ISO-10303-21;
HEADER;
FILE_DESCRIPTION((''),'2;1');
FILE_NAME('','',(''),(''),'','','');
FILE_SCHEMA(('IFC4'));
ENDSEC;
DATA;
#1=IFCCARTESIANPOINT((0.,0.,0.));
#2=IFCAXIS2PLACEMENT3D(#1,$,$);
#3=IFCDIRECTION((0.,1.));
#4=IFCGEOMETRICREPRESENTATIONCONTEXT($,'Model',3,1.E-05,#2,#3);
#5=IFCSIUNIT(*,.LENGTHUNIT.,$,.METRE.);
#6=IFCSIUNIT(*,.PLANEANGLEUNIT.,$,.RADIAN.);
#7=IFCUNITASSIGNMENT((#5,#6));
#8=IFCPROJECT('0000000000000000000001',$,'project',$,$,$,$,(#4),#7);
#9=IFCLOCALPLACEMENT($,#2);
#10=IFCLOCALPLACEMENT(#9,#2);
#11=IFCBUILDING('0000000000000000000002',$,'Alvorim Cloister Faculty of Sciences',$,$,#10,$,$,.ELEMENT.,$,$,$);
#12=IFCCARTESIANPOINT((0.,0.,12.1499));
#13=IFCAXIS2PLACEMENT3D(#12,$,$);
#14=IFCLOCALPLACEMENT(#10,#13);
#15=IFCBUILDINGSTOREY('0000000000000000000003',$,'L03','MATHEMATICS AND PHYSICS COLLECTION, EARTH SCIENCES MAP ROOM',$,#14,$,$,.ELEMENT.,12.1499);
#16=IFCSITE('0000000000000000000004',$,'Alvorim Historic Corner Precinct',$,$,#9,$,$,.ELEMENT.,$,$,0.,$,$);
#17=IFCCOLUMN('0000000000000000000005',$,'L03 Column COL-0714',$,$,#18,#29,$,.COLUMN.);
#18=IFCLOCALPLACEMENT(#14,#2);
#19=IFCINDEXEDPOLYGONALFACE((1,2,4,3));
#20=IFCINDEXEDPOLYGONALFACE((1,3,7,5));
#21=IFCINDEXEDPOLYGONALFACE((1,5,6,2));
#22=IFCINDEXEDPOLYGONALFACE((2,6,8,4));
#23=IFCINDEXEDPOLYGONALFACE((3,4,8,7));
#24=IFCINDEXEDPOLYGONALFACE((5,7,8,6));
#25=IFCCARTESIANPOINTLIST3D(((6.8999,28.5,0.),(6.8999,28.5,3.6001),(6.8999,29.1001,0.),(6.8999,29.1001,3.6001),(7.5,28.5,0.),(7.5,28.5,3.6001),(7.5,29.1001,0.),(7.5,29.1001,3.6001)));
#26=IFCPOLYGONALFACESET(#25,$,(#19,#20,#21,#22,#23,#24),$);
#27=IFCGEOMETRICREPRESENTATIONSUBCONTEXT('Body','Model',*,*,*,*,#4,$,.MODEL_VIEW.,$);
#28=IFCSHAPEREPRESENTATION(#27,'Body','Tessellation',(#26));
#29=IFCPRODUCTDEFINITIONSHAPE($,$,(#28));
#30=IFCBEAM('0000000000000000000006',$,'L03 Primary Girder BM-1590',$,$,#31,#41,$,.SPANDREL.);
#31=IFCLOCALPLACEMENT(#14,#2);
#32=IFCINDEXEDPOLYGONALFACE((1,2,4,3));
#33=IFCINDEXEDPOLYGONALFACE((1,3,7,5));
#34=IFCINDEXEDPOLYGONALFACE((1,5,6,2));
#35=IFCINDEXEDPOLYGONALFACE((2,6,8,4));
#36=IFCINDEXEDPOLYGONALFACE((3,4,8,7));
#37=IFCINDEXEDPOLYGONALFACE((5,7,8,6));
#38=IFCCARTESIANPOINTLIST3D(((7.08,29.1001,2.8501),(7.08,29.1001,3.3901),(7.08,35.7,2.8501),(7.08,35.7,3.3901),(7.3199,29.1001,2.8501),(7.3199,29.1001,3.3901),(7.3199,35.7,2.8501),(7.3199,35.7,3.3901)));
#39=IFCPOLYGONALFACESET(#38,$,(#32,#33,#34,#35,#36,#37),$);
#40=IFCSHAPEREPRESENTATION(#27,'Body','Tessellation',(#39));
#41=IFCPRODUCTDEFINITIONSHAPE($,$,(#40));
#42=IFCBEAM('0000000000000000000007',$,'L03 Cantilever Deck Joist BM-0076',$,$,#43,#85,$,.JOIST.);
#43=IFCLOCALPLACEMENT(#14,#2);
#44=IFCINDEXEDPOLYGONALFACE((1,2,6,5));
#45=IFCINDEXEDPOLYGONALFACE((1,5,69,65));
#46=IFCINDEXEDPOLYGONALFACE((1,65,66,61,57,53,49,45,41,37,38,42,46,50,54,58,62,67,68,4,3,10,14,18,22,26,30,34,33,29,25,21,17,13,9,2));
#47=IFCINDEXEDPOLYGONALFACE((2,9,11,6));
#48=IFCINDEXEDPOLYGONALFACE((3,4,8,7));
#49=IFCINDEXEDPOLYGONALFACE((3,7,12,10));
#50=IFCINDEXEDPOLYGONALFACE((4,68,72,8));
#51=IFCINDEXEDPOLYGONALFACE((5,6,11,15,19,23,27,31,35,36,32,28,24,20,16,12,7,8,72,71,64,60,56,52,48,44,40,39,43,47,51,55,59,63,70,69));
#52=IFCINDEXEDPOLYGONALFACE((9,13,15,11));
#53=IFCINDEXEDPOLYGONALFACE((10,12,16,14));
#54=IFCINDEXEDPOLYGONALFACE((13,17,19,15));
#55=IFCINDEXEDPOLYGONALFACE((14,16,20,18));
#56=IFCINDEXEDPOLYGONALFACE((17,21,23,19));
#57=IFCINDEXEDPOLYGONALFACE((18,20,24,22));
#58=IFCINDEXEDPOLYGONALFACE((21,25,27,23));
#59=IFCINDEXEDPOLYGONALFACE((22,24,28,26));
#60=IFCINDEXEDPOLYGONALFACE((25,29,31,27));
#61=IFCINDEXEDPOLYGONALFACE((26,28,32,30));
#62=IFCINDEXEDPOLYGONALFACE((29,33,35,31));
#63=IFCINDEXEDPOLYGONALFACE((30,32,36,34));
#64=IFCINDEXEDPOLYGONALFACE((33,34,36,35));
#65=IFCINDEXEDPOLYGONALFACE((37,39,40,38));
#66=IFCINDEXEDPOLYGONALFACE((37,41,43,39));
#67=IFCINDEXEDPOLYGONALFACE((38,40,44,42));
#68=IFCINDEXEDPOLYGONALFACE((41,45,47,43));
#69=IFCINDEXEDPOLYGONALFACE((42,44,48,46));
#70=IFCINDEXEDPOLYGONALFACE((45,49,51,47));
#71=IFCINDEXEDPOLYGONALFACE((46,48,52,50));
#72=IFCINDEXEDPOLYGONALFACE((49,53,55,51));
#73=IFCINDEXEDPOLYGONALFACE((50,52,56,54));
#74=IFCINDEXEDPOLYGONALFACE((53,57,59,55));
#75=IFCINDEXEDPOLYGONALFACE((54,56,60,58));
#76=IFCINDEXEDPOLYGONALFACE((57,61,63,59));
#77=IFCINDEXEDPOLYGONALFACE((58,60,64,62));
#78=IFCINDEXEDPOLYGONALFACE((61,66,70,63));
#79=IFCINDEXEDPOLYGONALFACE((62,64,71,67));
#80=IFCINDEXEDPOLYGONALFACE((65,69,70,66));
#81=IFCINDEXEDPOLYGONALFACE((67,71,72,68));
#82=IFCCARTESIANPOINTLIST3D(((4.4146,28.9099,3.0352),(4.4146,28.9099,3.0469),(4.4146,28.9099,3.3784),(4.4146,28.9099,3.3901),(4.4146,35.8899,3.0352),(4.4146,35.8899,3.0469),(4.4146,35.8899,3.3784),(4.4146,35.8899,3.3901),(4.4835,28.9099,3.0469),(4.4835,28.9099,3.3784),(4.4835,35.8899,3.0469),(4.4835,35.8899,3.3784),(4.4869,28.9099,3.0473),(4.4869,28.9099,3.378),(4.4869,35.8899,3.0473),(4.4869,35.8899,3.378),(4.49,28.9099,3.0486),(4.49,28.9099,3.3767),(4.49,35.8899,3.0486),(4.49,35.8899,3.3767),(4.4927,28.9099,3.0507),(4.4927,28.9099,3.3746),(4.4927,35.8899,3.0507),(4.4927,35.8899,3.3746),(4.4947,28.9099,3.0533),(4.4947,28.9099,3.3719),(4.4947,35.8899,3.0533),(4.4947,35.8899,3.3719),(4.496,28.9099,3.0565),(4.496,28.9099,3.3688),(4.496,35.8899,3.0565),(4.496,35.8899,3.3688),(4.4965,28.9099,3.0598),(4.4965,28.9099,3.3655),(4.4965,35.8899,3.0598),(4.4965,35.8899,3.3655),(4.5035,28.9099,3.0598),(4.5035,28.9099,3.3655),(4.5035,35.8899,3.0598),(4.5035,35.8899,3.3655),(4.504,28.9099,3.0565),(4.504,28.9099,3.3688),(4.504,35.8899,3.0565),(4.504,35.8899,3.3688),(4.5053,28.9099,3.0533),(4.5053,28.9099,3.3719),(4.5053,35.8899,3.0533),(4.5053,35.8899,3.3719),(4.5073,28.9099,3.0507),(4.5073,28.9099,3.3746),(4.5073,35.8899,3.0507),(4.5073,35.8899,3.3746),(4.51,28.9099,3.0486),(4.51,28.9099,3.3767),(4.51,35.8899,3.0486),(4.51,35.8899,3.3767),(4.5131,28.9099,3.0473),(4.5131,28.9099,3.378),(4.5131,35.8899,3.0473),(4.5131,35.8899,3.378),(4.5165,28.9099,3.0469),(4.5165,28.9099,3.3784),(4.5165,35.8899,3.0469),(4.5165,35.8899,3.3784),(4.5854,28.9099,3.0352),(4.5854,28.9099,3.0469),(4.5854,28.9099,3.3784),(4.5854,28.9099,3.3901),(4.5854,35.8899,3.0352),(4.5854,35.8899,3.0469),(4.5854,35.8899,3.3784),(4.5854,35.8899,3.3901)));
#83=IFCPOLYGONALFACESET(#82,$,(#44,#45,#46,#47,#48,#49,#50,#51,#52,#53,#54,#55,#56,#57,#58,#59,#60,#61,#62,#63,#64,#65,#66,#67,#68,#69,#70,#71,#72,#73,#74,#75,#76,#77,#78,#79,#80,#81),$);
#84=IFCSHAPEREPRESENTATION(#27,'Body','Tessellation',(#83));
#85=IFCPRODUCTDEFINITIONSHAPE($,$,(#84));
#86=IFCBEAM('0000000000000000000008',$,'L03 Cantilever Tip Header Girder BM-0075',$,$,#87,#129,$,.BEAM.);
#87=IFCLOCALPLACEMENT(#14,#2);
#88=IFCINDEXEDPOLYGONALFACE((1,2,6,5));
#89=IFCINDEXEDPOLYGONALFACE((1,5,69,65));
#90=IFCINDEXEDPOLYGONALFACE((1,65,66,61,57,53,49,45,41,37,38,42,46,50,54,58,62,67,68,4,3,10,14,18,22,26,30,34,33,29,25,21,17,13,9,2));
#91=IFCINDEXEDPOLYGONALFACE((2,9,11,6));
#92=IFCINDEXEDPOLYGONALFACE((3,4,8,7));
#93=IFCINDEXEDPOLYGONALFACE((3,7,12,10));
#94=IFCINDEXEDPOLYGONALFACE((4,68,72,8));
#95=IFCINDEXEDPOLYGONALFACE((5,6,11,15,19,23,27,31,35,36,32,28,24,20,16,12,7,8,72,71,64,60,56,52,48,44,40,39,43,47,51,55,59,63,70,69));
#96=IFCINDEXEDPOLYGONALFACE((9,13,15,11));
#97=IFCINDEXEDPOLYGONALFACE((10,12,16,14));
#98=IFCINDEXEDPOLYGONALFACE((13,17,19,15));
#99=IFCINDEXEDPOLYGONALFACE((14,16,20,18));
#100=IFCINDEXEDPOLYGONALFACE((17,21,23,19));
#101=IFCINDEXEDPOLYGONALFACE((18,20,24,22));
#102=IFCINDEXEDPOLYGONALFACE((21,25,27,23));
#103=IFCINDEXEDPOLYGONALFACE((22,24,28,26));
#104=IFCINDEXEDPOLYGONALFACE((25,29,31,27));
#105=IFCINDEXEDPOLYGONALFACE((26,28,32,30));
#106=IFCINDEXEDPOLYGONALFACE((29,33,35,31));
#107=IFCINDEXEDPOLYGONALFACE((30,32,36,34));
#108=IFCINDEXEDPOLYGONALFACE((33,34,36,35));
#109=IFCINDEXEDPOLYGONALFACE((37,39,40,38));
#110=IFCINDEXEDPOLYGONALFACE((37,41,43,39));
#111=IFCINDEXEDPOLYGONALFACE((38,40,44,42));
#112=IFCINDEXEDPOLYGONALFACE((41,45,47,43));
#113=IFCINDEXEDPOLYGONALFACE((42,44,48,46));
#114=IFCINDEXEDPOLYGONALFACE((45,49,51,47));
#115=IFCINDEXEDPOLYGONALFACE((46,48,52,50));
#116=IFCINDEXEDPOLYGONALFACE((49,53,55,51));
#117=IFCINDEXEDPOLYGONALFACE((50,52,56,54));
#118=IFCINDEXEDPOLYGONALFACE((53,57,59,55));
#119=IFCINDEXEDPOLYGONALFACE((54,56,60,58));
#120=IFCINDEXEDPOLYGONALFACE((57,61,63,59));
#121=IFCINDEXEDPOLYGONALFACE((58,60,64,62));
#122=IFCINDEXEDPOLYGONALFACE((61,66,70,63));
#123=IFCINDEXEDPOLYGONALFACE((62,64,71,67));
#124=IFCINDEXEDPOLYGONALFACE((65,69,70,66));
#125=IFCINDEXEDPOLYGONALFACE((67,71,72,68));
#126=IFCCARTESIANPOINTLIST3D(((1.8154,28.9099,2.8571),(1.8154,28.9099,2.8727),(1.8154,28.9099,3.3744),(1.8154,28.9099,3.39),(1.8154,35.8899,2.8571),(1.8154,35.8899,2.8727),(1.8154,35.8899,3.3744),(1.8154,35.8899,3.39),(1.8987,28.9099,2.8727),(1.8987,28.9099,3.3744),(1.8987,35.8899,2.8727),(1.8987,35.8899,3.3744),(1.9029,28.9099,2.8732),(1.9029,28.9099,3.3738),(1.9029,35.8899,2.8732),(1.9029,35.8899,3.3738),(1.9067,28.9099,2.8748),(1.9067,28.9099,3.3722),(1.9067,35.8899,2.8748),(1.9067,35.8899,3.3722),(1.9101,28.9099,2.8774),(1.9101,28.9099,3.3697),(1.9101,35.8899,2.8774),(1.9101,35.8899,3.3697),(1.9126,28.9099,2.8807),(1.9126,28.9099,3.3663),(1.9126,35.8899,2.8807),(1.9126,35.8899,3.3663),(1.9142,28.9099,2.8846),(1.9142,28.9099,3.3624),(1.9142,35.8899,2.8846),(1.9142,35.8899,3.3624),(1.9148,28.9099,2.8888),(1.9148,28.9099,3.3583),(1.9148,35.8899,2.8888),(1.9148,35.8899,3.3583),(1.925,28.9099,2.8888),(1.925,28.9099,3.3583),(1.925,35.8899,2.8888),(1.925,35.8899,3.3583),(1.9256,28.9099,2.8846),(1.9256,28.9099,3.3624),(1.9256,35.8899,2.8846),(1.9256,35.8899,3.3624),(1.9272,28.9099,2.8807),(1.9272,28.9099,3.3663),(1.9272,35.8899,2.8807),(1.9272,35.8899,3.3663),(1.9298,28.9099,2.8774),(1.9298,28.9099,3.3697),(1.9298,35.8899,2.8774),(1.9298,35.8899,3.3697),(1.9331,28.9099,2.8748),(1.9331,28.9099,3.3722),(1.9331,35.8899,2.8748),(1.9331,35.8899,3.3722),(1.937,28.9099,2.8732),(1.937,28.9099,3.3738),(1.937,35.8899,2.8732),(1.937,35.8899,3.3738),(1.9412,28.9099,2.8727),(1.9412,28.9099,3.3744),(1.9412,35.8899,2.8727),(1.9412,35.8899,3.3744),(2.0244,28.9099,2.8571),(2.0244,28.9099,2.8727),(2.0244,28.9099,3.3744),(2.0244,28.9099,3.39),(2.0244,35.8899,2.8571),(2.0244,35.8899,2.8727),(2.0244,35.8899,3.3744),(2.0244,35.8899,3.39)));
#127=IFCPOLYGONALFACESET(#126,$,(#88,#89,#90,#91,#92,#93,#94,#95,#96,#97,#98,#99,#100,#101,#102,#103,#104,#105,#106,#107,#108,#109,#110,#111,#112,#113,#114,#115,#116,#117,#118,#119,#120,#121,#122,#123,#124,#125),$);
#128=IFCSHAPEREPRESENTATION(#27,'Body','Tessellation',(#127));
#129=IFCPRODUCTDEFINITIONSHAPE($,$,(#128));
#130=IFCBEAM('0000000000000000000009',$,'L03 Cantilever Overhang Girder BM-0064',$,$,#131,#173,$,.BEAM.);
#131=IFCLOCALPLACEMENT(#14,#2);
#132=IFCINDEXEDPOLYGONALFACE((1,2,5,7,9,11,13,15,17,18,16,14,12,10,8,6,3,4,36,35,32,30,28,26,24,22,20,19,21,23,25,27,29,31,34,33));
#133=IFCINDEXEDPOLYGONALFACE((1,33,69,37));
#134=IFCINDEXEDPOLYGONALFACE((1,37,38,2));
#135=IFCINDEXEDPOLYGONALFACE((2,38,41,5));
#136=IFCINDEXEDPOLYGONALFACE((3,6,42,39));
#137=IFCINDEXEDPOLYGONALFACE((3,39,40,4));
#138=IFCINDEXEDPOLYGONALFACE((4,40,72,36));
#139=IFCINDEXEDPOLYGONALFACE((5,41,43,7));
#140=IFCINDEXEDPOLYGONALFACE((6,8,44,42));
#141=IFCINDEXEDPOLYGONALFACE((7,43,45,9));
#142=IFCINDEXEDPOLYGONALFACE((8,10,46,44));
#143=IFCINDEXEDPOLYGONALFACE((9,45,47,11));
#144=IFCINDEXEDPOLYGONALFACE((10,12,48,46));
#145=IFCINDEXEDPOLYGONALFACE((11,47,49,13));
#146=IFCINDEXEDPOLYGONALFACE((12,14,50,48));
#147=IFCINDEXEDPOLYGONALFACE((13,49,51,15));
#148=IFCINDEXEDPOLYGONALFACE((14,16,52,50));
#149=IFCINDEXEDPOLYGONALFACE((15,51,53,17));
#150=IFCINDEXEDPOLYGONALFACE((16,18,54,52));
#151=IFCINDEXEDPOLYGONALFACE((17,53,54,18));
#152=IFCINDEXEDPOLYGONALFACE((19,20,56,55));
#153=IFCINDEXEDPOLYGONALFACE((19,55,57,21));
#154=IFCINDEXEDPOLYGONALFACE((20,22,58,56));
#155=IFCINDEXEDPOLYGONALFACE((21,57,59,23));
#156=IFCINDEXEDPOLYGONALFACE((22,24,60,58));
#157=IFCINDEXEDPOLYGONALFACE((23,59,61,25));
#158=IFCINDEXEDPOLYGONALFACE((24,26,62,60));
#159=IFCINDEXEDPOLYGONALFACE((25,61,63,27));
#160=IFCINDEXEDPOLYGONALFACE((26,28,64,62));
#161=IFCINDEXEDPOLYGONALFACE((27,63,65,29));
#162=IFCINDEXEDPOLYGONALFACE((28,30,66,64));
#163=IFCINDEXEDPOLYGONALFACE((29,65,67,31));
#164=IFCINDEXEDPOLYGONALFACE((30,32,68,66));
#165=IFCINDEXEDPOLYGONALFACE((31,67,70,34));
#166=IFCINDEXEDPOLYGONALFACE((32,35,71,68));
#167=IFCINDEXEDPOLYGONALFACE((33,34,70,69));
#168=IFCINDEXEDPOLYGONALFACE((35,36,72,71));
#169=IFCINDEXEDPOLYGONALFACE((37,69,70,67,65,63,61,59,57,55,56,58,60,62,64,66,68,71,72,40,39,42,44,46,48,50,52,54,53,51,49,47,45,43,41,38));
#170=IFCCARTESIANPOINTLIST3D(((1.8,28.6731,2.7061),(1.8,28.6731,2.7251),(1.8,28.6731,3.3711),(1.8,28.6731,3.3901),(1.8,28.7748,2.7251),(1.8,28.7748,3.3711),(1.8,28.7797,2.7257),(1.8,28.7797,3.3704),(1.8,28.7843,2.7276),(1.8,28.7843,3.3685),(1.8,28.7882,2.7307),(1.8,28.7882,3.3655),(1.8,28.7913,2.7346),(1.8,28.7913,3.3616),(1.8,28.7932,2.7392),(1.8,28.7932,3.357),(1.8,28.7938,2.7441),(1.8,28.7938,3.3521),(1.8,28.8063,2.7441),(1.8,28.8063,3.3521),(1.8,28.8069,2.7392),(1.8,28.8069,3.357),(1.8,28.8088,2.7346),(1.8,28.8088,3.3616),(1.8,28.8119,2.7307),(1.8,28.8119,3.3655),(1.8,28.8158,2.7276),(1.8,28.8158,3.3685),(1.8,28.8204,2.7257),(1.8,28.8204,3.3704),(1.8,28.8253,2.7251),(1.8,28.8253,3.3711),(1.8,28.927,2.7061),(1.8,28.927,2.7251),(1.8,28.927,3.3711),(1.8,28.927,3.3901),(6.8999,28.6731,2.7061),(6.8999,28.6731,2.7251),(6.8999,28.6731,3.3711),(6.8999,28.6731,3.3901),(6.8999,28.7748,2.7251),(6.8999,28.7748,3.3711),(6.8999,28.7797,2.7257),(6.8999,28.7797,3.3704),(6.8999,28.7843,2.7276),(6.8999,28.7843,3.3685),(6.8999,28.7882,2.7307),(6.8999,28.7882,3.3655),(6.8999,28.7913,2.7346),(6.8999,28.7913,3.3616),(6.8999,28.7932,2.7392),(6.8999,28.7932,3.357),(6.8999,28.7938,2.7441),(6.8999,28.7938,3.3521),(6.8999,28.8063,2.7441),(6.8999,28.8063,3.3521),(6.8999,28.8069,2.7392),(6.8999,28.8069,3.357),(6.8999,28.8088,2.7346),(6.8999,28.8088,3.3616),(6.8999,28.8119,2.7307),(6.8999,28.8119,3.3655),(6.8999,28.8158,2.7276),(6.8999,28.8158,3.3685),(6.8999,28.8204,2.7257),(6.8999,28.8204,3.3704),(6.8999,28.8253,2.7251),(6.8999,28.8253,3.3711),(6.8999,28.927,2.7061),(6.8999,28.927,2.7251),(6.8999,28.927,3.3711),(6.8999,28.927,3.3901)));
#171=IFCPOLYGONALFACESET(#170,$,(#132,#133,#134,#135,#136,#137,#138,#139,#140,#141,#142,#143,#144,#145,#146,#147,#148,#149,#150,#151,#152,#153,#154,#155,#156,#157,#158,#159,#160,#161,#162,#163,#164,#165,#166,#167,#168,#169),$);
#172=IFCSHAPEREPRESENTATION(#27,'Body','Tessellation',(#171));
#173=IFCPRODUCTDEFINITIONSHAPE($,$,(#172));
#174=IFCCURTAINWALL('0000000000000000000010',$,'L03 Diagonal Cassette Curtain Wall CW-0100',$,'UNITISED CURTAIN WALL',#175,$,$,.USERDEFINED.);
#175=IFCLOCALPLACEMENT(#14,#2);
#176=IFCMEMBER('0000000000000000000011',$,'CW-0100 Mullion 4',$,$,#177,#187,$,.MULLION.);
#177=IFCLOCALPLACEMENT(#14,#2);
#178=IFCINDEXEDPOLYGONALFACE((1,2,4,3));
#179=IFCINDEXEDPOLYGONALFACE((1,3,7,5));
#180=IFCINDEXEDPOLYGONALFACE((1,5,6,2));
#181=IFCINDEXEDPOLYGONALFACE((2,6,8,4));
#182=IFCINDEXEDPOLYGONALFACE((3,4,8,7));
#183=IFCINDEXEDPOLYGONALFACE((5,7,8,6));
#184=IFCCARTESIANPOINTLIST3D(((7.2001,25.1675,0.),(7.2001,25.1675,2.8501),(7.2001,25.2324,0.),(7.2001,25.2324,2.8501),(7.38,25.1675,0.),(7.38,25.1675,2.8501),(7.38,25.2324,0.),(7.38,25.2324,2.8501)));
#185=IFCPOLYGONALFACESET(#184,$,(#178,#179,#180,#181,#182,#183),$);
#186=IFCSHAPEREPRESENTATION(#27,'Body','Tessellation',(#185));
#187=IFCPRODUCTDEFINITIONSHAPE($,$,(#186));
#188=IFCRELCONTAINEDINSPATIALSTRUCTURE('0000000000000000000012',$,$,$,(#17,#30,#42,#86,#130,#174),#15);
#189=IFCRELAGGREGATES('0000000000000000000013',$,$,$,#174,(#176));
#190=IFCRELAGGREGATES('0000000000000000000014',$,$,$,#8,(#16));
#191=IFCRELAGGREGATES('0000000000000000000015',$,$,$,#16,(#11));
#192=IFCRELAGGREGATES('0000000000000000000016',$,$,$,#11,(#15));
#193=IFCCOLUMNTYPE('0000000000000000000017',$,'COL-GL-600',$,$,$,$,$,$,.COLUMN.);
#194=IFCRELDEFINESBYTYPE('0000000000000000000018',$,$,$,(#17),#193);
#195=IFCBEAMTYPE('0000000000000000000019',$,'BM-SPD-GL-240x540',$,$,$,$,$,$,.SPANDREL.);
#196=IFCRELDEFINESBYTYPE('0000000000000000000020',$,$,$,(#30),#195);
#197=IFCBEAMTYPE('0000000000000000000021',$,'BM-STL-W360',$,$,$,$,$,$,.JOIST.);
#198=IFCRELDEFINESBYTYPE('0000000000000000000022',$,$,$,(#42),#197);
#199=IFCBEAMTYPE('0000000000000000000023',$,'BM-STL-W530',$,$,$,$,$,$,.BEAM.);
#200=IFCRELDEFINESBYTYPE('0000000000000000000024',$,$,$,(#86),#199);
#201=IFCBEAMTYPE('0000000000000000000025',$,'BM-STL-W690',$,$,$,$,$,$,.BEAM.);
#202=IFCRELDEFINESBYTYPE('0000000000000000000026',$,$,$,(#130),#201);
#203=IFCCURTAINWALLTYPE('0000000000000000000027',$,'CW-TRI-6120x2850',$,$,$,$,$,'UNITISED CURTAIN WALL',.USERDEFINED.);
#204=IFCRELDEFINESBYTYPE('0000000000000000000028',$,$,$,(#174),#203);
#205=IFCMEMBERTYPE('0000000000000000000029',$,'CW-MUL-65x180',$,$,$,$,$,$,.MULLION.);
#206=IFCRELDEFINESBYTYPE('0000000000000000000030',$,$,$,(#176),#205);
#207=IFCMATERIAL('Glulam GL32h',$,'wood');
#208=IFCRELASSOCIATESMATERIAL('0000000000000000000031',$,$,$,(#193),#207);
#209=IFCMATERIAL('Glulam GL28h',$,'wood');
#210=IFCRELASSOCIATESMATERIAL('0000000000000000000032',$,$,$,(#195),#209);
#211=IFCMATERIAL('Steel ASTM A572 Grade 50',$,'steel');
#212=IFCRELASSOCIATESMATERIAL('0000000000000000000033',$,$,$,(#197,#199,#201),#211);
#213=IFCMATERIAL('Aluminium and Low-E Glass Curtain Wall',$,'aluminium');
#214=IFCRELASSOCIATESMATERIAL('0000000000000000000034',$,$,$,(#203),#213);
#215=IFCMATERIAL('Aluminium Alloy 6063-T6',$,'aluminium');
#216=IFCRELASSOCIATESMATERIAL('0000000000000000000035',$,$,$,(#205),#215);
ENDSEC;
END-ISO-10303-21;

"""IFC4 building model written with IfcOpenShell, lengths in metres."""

from ifc_helpers import new_model, si_unit, direction, frame, origin, origin_2d, place, context, subcontext, project, spatial, rectangle, i_section, extrude, material, material_profile, profile_set, type_object, element, aggregate, save


model = new_model("IFC4")

# Units and contexts
model_context = context("Model", 3, precision=1e-05, world=origin(), true_north=direction((0.0, 1.0)))
body_context = subcontext(model_context, "Body", "Model", "MODEL_VIEW")
ifc_project = project(units=[si_unit("LENGTHUNIT", "METRE"), si_unit("PLANEANGLEUNIT", "RADIAN")], contexts=[model_context])

# Site, building, storey
site_placement = place(None, origin())
site = spatial("IfcSite", under=ifc_project, at=site_placement, Name="Alvorim Historic Corner Precinct", CompositionType="ELEMENT", RefElevation=0.0)
building_placement = place(site_placement, origin())
building = spatial("IfcBuilding", under=site, at=building_placement, Name="Alvorim Cloister Faculty of Sciences", CompositionType="ELEMENT")
storey_placement = place(building_placement, frame((0.0, 0.0, 12.1499)))
storey = spatial("IfcBuildingStorey", under=building, at=storey_placement, Name="L03", Description="MATHEMATICS AND PHYSICS COLLECTION, EARTH SCIENCES MAP ROOM", CompositionType="ELEMENT", Elevation=12.1499)

# Column
ifc_material_1 = material(Name="Glulam GL32h", Category="wood")
ifc_material_profile_1 = material_profile(ifc_material_1, rectangle(XDim=0.6001, YDim=0.6001, at=origin_2d()), Name="GL32-COL-600x600")
ifc_profile_set_1 = profile_set([ifc_material_profile_1], Name="Glulam GL32h")
column_type = type_object("IfcColumnType", Name="COL-GL-600", PredefinedType="COLUMN", material=ifc_profile_set_1)
column_placement = place(storey_placement, frame((7.2, 28.8, 0.0), z_axis=(0.0, 0.0, 1.0), x_axis=(1.0, 0.0, 0.0)))
element("IfcColumn", 1, at=column_placement, inside=storey, type_object=column_type, Name="L03 Column COL-0714", PredefinedType="COLUMN", context=body_context, shape_type="SweptSolid", body=[
    extrude(rectangle(XDim=0.6001, YDim=0.6001, at=origin_2d()), origin(), (0.0, 0.0, 1.0), 3.6001),
])

# Beams
ifc_material_2 = material(Name="Glulam GL28h", Category="wood")
ifc_material_profile_2 = material_profile(ifc_material_2, rectangle(XDim=0.24, YDim=0.54, at=origin_2d()), Name="GL28-SPD-240x540")
ifc_profile_set_2 = profile_set([ifc_material_profile_2], Name="Glulam GL28h")
beam_type_1 = type_object("IfcBeamType", Name="BM-SPD-GL-240x540", PredefinedType="SPANDREL", material=ifc_profile_set_2)
beam_1_placement = place(storey_placement, frame((7.2, 29.1001, 3.1201), z_axis=(0.0, 1.0, 0.0), x_axis=(-1.0, 0.0, 0.0)))
element("IfcBeam", 2, at=beam_1_placement, inside=storey, type_object=beam_type_1, Name="L03 Primary Girder BM-1590", PredefinedType="SPANDREL", context=body_context, shape_type="SweptSolid", body=[
    extrude(rectangle(XDim=0.24, YDim=0.54, at=origin_2d()), origin(), (0.0, 0.0, 1.0), 6.5999),
])
ifc_material_3 = material(Name="Steel ASTM A572 Grade 50", Category="steel")
ifc_material_profile_3 = material_profile(ifc_material_3, i_section(OverallWidth=0.1709, OverallDepth=0.355, WebThickness=0.0071, FlangeThickness=0.0117, FilletRadius=0.0129, at=origin_2d()), Name="W360x51.0")
ifc_profile_set_3 = profile_set([ifc_material_profile_3], Name="Steel ASTM A572 Grade 50")
beam_type_2 = type_object("IfcBeamType", Name="BM-STL-W360", PredefinedType="JOIST", material=ifc_profile_set_3)
beam_2_placement = place(storey_placement, frame((4.5, 28.9099, 3.2126), z_axis=(0.0, 1.0, 0.0), x_axis=(-1.0, 0.0, 0.0)))
element("IfcBeam", 3, at=beam_2_placement, inside=storey, type_object=beam_type_2, Name="L03 Cantilever Deck Joist BM-0076", PredefinedType="JOIST", context=body_context, shape_type="SweptSolid", body=[
    extrude(i_section(OverallWidth=0.1709, OverallDepth=0.355, WebThickness=0.0071, FlangeThickness=0.0117, FilletRadius=0.0129, at=origin_2d()), origin(), (0.0, 0.0, 1.0), 6.98),
])
ifc_material_profile_4 = material_profile(ifc_material_3, i_section(OverallWidth=0.209, OverallDepth=0.533, WebThickness=0.0103, FlangeThickness=0.0156, FilletRadius=0.0161, at=origin_2d()), Name="W530x92.0")
ifc_profile_set_4 = profile_set([ifc_material_profile_4], Name="Steel ASTM A572 Grade 50")
beam_type_3 = type_object("IfcBeamType", Name="BM-STL-W530", PredefinedType="BEAM", material=ifc_profile_set_4)
beam_3_placement = place(storey_placement, frame((1.9199, 28.9099, 3.1235), z_axis=(0.0, 1.0, 0.0), x_axis=(-1.0, 0.0, 0.0)))
element("IfcBeam", 4, at=beam_3_placement, inside=storey, type_object=beam_type_3, Name="L03 Cantilever Tip Header Girder BM-0075", PredefinedType="BEAM", context=body_context, shape_type="SweptSolid", body=[
    extrude(i_section(OverallWidth=0.209, OverallDepth=0.533, WebThickness=0.0103, FlangeThickness=0.0156, FilletRadius=0.0161, at=origin_2d()), origin(), (0.0, 0.0, 1.0), 6.98),
])
ifc_material_profile_5 = material_profile(ifc_material_3, i_section(OverallWidth=0.2539, OverallDepth=0.6841, WebThickness=0.0125, FlangeThickness=0.019, FilletRadius=0.019, at=origin_2d()), Name="W690x140.0")
ifc_profile_set_5 = profile_set([ifc_material_profile_5], Name="Steel ASTM A572 Grade 50")
beam_type_4 = type_object("IfcBeamType", Name="BM-STL-W690", PredefinedType="BEAM", material=ifc_profile_set_5)
beam_4_placement = place(storey_placement, frame((1.8, 28.8, 3.0481), z_axis=(1.0, 0.0, 0.0), x_axis=(0.0, 1.0, 0.0)))
element("IfcBeam", 5, at=beam_4_placement, inside=storey, type_object=beam_type_4, Name="L03 Cantilever Overhang Girder BM-0064", PredefinedType="BEAM", context=body_context, shape_type="SweptSolid", body=[
    extrude(i_section(OverallWidth=0.2539, OverallDepth=0.6841, WebThickness=0.0125, FlangeThickness=0.019, FilletRadius=0.019, at=origin_2d()), origin(), (0.0, 0.0, 1.0), 5.0999),
])

# Curtain wall, member
ifc_material_4 = material(Name="Aluminium and Low-E Glass Curtain Wall", Category="aluminium")
curtain_wall_type = type_object("IfcCurtainWallType", Name="CW-TRI-6120x2850", ElementType="UNITISED CURTAIN WALL", PredefinedType="USERDEFINED", material=ifc_material_4)
curtain_wall_placement = place(storey_placement, origin())
curtain_wall = element("IfcCurtainWall", 6, at=curtain_wall_placement, inside=storey, type_object=curtain_wall_type, Name="L03 Diagonal Cassette Curtain Wall CW-0100", ObjectType="UNITISED CURTAIN WALL", PredefinedType="USERDEFINED")
ifc_material_5 = material(Name="Aluminium Alloy 6063-T6", Category="aluminium")
ifc_material_profile_6 = material_profile(ifc_material_5, rectangle(XDim=0.0649, YDim=0.1799, at=origin_2d()), Name="ALU-MUL-65x180")
ifc_profile_set_6 = profile_set([ifc_material_profile_6], Name="Aluminium Alloy 6063-T6")
member_type_1 = type_object("IfcMemberType", Name="CW-MUL-65x180", PredefinedType="MULLION", material=ifc_profile_set_6)
member_1_placement = place(storey_placement, frame((7.29, 25.2, 0.0), z_axis=(0.0, 0.0, 1.0), x_axis=(0.0, 1.0, 0.0)))
member_1 = element("IfcMember", 7, at=member_1_placement, type_object=member_type_1, Name="CW-0100 Mullion 4", PredefinedType="MULLION", context=body_context, shape_type="SweptSolid", body=[
    extrude(rectangle(XDim=0.0649, YDim=0.1799, at=origin_2d()), origin(), (0.0, 0.0, 1.0), 2.8501),
])

aggregate(curtain_wall, [member_1])

save(model, "model.ifc")
